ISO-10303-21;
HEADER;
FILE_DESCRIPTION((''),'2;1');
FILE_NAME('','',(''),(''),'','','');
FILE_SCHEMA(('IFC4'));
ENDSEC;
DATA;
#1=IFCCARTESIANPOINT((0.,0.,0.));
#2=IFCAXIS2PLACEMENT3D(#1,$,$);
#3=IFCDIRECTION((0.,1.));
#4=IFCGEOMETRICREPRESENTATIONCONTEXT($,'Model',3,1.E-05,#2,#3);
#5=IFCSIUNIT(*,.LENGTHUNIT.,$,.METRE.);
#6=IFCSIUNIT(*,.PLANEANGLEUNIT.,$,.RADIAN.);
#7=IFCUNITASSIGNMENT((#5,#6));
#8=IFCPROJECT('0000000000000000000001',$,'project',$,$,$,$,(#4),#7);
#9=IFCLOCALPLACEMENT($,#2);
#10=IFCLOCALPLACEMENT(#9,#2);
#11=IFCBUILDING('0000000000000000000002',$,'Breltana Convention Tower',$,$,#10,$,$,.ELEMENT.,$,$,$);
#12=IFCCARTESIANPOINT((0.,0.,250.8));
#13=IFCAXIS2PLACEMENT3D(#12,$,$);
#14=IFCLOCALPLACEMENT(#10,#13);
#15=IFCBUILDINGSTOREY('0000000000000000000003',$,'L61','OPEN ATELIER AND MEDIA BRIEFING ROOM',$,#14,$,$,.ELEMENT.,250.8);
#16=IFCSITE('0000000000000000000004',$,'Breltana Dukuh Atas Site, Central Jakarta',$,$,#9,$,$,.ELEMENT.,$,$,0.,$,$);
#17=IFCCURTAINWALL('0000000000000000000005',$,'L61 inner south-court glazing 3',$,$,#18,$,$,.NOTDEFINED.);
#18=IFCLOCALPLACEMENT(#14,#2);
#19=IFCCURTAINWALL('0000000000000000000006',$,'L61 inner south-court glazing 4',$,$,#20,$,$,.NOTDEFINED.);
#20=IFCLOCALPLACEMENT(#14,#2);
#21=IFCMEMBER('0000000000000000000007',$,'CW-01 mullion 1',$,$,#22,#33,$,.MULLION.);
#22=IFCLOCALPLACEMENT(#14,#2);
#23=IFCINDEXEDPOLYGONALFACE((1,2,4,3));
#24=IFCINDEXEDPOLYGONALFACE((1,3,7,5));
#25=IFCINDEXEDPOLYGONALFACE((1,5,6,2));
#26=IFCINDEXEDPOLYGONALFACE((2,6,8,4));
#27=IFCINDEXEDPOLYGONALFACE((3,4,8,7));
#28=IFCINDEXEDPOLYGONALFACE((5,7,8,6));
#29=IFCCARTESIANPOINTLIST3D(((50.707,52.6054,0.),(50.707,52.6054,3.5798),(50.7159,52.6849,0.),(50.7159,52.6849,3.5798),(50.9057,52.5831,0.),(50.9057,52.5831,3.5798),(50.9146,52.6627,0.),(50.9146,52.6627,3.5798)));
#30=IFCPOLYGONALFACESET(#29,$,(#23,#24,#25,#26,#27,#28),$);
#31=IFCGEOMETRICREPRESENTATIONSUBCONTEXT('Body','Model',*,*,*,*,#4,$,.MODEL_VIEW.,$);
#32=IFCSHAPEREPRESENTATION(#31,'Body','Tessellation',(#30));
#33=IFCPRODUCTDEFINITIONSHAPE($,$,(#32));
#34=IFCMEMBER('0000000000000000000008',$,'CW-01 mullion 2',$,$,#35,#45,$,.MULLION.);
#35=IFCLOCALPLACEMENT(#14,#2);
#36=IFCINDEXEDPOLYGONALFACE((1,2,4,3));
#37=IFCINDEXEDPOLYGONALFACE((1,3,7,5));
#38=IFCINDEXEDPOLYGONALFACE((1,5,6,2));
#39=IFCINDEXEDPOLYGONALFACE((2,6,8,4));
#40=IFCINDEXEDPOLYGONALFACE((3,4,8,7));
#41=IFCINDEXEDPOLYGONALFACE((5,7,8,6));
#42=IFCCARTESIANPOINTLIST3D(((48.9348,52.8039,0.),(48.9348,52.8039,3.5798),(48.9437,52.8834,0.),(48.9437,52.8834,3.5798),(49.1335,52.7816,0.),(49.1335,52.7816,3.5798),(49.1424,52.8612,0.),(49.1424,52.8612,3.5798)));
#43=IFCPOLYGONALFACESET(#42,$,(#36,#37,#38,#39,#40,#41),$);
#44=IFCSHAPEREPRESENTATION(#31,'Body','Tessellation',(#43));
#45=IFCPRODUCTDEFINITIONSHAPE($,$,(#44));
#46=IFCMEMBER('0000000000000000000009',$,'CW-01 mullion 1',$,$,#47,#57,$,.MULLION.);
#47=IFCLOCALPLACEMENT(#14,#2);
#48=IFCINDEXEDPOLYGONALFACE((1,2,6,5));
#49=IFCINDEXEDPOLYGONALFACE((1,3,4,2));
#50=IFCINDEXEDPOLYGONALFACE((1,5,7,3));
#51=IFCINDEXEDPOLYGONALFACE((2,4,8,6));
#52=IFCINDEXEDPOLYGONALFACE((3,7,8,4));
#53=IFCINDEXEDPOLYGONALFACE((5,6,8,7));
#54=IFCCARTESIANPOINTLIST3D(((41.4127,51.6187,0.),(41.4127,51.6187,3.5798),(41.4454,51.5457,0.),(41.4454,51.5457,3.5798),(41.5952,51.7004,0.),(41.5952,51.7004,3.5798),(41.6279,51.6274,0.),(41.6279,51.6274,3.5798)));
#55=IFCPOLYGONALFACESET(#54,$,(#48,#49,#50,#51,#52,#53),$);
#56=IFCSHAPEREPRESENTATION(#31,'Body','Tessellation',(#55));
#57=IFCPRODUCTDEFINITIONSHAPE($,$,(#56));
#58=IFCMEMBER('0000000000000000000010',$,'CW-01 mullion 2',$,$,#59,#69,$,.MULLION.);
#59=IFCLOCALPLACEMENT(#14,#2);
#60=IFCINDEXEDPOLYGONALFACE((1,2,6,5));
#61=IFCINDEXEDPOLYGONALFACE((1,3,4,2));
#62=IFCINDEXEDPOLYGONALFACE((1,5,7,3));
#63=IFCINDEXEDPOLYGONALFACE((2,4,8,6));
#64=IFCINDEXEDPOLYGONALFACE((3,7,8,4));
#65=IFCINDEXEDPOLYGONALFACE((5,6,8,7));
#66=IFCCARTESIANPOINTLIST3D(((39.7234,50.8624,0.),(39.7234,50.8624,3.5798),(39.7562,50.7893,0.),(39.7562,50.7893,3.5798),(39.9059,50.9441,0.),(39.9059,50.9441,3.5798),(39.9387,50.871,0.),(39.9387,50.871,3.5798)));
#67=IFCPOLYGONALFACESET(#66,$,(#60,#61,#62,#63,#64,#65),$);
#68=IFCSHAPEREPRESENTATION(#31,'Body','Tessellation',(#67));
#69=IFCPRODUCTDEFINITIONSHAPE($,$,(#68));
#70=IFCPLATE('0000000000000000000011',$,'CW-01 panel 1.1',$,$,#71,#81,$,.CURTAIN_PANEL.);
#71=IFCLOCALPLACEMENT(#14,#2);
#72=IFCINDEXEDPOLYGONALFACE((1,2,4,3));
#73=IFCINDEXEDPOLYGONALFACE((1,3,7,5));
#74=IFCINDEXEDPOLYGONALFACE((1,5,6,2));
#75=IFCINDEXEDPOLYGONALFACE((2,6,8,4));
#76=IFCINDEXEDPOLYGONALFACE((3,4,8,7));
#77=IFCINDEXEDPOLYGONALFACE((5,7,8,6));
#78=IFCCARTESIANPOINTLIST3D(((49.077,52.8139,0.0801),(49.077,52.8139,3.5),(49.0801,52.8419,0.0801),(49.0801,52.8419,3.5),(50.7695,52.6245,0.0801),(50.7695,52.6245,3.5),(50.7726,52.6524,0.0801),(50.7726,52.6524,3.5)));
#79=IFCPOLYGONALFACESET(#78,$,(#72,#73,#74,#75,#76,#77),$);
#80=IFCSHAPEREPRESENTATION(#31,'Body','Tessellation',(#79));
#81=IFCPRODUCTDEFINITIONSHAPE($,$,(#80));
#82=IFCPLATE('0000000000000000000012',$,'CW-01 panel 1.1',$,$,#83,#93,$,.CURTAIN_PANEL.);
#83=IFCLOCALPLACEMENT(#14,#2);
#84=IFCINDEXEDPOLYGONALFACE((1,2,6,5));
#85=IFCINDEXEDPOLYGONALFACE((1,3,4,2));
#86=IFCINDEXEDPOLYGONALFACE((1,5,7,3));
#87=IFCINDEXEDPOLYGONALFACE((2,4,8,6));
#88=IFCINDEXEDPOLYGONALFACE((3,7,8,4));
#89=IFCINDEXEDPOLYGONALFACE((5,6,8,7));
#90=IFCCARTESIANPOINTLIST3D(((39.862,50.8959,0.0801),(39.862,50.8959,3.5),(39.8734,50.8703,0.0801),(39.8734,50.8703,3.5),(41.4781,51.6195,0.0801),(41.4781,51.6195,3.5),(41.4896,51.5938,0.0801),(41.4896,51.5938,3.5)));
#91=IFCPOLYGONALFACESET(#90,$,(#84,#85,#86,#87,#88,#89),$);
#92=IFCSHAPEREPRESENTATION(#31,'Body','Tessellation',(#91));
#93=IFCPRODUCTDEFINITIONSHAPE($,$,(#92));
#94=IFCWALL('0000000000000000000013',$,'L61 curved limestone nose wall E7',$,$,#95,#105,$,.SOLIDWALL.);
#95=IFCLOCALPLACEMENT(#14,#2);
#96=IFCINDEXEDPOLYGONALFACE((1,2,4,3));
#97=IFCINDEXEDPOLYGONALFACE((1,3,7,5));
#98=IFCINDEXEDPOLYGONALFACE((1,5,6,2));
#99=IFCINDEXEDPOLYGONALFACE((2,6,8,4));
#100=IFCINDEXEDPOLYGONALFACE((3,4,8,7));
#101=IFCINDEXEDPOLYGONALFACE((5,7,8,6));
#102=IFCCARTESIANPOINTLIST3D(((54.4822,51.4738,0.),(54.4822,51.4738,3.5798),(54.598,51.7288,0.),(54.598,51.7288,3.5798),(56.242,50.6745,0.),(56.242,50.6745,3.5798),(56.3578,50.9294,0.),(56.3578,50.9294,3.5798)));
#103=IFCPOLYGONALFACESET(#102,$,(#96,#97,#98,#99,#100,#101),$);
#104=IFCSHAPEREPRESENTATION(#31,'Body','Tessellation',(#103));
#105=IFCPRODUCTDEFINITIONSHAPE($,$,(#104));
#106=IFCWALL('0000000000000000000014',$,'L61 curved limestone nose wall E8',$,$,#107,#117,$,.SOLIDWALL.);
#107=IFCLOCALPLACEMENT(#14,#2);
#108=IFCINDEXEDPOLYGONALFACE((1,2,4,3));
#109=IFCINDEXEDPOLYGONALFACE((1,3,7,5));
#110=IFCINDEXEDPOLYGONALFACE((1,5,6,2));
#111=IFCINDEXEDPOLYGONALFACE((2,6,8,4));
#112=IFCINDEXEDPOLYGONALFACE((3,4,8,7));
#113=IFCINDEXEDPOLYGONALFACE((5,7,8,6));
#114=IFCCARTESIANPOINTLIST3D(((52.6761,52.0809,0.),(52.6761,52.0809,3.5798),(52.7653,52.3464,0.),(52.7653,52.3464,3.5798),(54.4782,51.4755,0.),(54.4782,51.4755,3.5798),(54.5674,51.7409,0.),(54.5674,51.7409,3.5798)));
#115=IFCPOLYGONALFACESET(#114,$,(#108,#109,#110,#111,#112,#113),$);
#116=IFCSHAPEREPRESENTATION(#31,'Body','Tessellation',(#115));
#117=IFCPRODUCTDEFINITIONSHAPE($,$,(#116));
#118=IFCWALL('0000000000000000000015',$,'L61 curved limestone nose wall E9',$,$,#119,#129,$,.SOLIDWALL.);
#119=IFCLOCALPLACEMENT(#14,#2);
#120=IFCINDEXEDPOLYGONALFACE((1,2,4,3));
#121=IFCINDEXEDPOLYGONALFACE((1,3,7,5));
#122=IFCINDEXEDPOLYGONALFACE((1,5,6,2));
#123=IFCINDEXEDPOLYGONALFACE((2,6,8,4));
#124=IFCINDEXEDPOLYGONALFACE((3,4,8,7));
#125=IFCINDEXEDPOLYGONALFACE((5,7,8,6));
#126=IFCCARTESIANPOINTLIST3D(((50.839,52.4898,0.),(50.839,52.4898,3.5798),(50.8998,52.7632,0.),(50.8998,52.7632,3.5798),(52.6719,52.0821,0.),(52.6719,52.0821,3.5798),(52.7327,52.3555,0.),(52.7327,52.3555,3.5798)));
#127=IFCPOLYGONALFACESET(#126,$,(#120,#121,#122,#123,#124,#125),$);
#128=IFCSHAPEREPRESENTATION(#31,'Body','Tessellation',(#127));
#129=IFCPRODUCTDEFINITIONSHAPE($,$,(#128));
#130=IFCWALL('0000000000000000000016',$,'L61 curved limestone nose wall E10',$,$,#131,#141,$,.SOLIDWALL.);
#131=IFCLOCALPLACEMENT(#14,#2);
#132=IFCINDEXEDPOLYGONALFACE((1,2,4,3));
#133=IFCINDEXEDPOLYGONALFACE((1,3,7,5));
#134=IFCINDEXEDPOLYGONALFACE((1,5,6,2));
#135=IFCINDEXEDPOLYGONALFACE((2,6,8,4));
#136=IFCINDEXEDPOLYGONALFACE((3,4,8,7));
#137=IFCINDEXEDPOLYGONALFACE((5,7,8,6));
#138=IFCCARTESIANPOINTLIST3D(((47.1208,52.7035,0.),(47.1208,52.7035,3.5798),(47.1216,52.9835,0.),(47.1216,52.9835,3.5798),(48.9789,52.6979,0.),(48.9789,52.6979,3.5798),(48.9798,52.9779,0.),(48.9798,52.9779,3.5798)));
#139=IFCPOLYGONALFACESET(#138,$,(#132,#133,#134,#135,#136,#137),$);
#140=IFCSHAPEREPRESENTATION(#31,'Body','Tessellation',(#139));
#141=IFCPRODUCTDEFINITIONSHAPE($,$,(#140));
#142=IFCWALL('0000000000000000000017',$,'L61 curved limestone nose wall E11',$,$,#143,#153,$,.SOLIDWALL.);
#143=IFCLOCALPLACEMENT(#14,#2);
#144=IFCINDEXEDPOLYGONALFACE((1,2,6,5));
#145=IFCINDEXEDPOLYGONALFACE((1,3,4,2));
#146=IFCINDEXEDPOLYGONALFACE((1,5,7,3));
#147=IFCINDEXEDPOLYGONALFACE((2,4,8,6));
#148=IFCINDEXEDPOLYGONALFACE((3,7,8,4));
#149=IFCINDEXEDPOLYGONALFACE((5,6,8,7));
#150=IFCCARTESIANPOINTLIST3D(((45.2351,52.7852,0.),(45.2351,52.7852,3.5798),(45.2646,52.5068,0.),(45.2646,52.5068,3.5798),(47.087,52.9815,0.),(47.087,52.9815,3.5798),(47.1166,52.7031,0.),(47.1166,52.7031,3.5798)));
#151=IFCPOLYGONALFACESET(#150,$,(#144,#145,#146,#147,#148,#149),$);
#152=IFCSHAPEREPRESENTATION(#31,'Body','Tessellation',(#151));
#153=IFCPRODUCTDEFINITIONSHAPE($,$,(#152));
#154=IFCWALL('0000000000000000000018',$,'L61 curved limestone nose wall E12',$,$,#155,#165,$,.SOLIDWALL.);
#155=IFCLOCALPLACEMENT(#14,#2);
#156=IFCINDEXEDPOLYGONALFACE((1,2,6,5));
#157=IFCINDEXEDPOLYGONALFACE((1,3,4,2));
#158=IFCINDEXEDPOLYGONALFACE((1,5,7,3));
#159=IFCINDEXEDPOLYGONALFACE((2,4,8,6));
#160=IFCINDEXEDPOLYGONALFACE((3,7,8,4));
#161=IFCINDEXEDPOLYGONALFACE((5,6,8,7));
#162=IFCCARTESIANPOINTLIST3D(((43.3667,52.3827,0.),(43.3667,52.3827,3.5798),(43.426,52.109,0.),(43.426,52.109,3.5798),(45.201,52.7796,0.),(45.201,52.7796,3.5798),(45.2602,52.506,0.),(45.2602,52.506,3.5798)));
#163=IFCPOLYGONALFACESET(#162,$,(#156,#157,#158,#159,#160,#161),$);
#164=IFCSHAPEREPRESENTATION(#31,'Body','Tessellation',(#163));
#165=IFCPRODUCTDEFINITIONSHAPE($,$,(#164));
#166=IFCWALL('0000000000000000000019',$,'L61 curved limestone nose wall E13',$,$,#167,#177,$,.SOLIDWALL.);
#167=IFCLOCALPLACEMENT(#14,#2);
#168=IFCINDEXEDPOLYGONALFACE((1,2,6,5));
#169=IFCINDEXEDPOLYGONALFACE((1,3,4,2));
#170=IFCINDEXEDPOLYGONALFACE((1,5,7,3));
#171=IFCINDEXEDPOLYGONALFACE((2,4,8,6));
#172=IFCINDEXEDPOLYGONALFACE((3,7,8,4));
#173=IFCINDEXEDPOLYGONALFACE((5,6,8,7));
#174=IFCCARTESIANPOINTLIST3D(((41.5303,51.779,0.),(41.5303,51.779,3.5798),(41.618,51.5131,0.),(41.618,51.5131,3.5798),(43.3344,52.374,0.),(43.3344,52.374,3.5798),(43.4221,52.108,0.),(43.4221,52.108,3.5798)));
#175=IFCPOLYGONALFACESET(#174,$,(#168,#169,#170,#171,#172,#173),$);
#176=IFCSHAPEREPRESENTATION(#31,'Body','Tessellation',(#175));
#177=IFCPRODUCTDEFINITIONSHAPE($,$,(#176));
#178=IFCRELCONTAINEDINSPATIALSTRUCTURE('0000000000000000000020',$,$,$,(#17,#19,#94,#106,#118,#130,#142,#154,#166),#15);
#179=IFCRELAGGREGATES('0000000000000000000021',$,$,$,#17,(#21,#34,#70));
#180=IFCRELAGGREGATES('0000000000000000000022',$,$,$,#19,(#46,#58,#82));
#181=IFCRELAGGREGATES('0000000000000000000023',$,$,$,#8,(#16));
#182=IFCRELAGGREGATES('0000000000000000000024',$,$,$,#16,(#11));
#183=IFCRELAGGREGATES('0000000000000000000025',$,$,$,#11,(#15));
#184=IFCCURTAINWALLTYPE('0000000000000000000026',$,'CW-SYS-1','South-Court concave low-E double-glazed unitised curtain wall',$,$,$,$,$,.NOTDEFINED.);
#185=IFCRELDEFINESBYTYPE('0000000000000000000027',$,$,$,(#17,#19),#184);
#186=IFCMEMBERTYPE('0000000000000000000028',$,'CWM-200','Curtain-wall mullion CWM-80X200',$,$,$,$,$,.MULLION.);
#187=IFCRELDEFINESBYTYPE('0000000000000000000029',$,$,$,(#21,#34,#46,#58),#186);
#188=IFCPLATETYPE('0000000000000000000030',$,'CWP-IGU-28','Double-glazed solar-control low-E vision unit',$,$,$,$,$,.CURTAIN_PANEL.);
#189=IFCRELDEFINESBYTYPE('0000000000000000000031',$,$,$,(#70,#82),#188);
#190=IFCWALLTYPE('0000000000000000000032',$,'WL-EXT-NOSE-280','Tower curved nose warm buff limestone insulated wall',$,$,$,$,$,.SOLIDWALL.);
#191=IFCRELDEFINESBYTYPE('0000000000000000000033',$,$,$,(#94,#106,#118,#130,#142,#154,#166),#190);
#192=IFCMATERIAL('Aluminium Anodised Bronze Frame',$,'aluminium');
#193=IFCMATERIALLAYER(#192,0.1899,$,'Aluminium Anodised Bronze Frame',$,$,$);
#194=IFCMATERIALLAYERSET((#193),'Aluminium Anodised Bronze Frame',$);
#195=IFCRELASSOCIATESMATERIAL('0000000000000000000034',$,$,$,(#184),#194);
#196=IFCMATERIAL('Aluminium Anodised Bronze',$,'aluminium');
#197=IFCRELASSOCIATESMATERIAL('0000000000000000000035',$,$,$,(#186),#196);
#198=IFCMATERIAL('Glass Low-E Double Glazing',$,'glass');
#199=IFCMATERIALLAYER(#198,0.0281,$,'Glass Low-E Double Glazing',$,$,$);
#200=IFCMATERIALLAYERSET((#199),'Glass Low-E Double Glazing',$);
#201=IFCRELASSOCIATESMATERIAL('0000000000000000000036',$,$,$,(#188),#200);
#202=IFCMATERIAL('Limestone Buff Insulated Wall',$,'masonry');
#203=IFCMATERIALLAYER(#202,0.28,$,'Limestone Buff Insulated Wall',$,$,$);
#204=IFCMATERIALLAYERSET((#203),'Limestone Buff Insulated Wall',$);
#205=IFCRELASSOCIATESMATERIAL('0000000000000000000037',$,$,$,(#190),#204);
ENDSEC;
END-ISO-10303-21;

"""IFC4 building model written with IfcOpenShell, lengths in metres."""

from ifc_helpers import new_model, si_unit, direction, frame, frame_2d, origin, origin_2d, place, context, subcontext, project, spatial, rectangle, extrude, source, transform, mapped, material, layer, layer_set, material_profile, profile_set, type_object, element, aggregate, save


model = new_model("IFC4")

# Units and contexts
model_context = context("Model", 3, precision=1e-05, world=origin(), true_north=direction((0.0, 1.0)))
body_context = subcontext(model_context, "Body", "Model", "MODEL_VIEW")
ifc_project = project(units=[si_unit("LENGTHUNIT", "METRE"), si_unit("PLANEANGLEUNIT", "RADIAN")], contexts=[model_context])

# Site, building, storey
site_placement = place(None, origin())
site = spatial("IfcSite", under=ifc_project, at=site_placement, Name="Breltana Dukuh Atas Site, Central Jakarta", CompositionType="ELEMENT", RefElevation=0.0)
building_placement = place(site_placement, origin())
building = spatial("IfcBuilding", under=site, at=building_placement, Name="Breltana Convention Tower", CompositionType="ELEMENT")
storey_placement = place(building_placement, frame((0.0, 0.0, 250.8)))
storey = spatial("IfcBuildingStorey", under=building, at=storey_placement, Name="L61", Description="OPEN ATELIER AND MEDIA BRIEFING ROOM", CompositionType="ELEMENT", Elevation=250.8)

# Curtain walls
ifc_material_1 = material(Name="Aluminium Anodised Bronze Frame", Category="aluminium")
ifc_layer_1 = layer(ifc_material_1, 0.1899, Name="Aluminium Anodised Bronze Frame")
ifc_layer_set_1 = layer_set([ifc_layer_1], Name="Aluminium Anodised Bronze Frame")
curtain_wall_type = type_object("IfcCurtainWallType", Name="CW-SYS-1", Description="South-Court concave low-E double-glazed unitised curtain wall", PredefinedType="NOTDEFINED", material=ifc_layer_set_1)
curtain_wall_1_placement = place(storey_placement, origin())
curtain_wall_1 = element("IfcCurtainWall", 1, at=curtain_wall_1_placement, inside=storey, type_object=curtain_wall_type, Name="L61 inner south-court glazing 3", PredefinedType="NOTDEFINED")
ifc_material_2 = material(Name="Aluminium Anodised Bronze", Category="aluminium")
curtain_wall_2_placement = place(storey_placement, origin())
curtain_wall_2 = element("IfcCurtainWall", 2, at=curtain_wall_2_placement, inside=storey, type_object=curtain_wall_type, Name="L61 inner south-court glazing 4", PredefinedType="NOTDEFINED")

# Members
ifc_material_profile_1 = material_profile(ifc_material_2, rectangle(XDim=0.0801, YDim=0.2, at=origin_2d()), Name="CWM-80X200")
ifc_profile_set_1 = profile_set([ifc_material_profile_1], Name="Aluminium Anodised Bronze")
member_type_1 = type_object("IfcMemberType", Name="CWM-200", Description="Curtain-wall mullion CWM-80X200", PredefinedType="MULLION", material=ifc_profile_set_1)
shared_shape_1 = source(origin(), body_context, "Body", "SweptSolid", [
    extrude(rectangle(XDim=0.0801, YDim=0.2, at=origin_2d()), origin(), (0.0, 0.0, 1.0), 3.5798),
])
member_1_placement = place(storey_placement, frame((50.8108, 52.634, 0.0), z_axis=(0.0, 0.0, 1.0), x_axis=(-0.111262, -0.993791, 0.0)))
member_1 = element("IfcMember", 3, at=member_1_placement, type_object=member_type_1, Name="CW-01 mullion 1", PredefinedType="MULLION", context=body_context, shape_type="MappedRepresentation", body=[
    mapped(shared_shape_1, transform((0.0, 0.0, 0.0), scale=1.0)),
])
member_2_placement = place(storey_placement, frame((49.0386, 52.8325, 0.0), z_axis=(0.0, 0.0, 1.0), x_axis=(-0.111262, -0.993791, 0.0)))
member_2 = element("IfcMember", 4, at=member_2_placement, type_object=member_type_1, Name="CW-01 mullion 2", PredefinedType="MULLION", context=body_context, shape_type="MappedRepresentation", body=[
    mapped(shared_shape_1, transform((0.0, 0.0, 0.0), scale=1.0)),
])
member_3_placement = place(storey_placement, frame((41.5203, 51.623, 0.0), z_axis=(0.0, 0.0, 1.0), x_axis=(0.408602, -0.912713, 0.0)))
member_3 = element("IfcMember", 5, at=member_3_placement, type_object=member_type_1, Name="CW-01 mullion 1", PredefinedType="MULLION", context=body_context, shape_type="MappedRepresentation", body=[
    mapped(shared_shape_1, transform((0.0, 0.0, 0.0), scale=1.0)),
])
member_4_placement = place(storey_placement, frame((39.8311, 50.8667, 0.0), z_axis=(0.0, 0.0, 1.0), x_axis=(0.408602, -0.912713, 0.0)))
member_4 = element("IfcMember", 6, at=member_4_placement, type_object=member_type_1, Name="CW-01 mullion 2", PredefinedType="MULLION", context=body_context, shape_type="MappedRepresentation", body=[
    mapped(shared_shape_1, transform((0.0, 0.0, 0.0), scale=1.0)),
])

# Plates
ifc_material_3 = material(Name="Glass Low-E Double Glazing", Category="glass")
ifc_layer_2 = layer(ifc_material_3, 0.0281, Name="Glass Low-E Double Glazing")
ifc_layer_set_2 = layer_set([ifc_layer_2], Name="Glass Low-E Double Glazing")
plate_type = type_object("IfcPlateType", Name="CWP-IGU-28", Description="Double-glazed solar-control low-E vision unit", PredefinedType="CURTAIN_PANEL", material=ifc_layer_set_2)
shared_shape_2 = source(origin(), body_context, "Body", "SweptSolid", [
    extrude(rectangle(XDim=1.7031, YDim=0.0281, at=origin_2d()), origin(), (0.0, 0.0, 1.0), 3.4199),
])
plate_1_placement = place(storey_placement, frame((49.9248, 52.7332, 0.0801), z_axis=(0.0, 0.0, 1.0), x_axis=(-0.993791, 0.111262, 0.0)))
plate_1 = element("IfcPlate", 7, at=plate_1_placement, type_object=plate_type, Name="CW-01 panel 1.1", PredefinedType="CURTAIN_PANEL", context=body_context, shape_type="MappedRepresentation", body=[
    mapped(shared_shape_2, transform((0.0, 0.0, 0.0), scale=1.0)),
])
aggregate(curtain_wall_1, [member_1, member_2, plate_1])
shared_shape_3 = source(origin(), body_context, "Body", "SweptSolid", [
    extrude(rectangle(XDim=1.7708, YDim=0.0281, at=origin_2d()), origin(), (0.0, 0.0, 1.0), 3.4199),
])
plate_2_placement = place(storey_placement, frame((40.6758, 51.2449, 0.0801), z_axis=(0.0, 0.0, 1.0), x_axis=(-0.912713, -0.408602, 0.0)))
plate_2 = element("IfcPlate", 8, at=plate_2_placement, type_object=plate_type, Name="CW-01 panel 1.1", PredefinedType="CURTAIN_PANEL", context=body_context, shape_type="MappedRepresentation", body=[
    mapped(shared_shape_3, transform((0.0, 0.0, 0.0), scale=1.0)),
])
aggregate(curtain_wall_2, [member_3, member_4, plate_2])

# Walls
ifc_material_4 = material(Name="Limestone Buff Insulated Wall", Category="masonry")
ifc_layer_3 = layer(ifc_material_4, 0.28, Name="Limestone Buff Insulated Wall")
ifc_layer_set_3 = layer_set([ifc_layer_3], Name="Limestone Buff Insulated Wall")
wall_type_1 = type_object("IfcWallType", Name="WL-EXT-NOSE-280", Description="Tower curved nose warm buff limestone insulated wall", PredefinedType="SOLIDWALL", material=ifc_layer_set_3)
shared_shape_4 = source(origin(), body_context, "Body", "SweptSolid", [
    extrude(rectangle(XDim=1.9329, YDim=0.28, at=frame_2d((0.9663, 0.0))), origin(), (0.0, 0.0, 1.0), 3.5798),
])
wall_1_placement = place(storey_placement, frame((56.2998, 50.802, 0.0), z_axis=(0.0, 0.0, 1.0), x_axis=(-0.910479, 0.413555, 0.0)))
element("IfcWall", 9, at=wall_1_placement, inside=storey, type_object=wall_type_1, Name="L61 curved limestone nose wall E7", PredefinedType="SOLIDWALL", context=body_context, shape_type="MappedRepresentation", body=[
    mapped(shared_shape_4, transform((0.0, 0.0, 0.0), scale=1.0)),
])
shared_shape_5 = source(origin(), body_context, "Body", "SweptSolid", [
    extrude(rectangle(XDim=1.9011, YDim=0.28, at=frame_2d((0.9507, 0.0))), origin(), (0.0, 0.0, 1.0), 3.5798),
])
wall_2_placement = place(storey_placement, frame((54.5229, 51.6082, 0.0), z_axis=(0.0, 0.0, 1.0), x_axis=(-0.947936, 0.318461, 0.0)))
element("IfcWall", 10, at=wall_2_placement, inside=storey, type_object=wall_type_1, Name="L61 curved limestone nose wall E8", PredefinedType="SOLIDWALL", context=body_context, shape_type="MappedRepresentation", body=[
    mapped(shared_shape_5, transform((0.0, 0.0, 0.0), scale=1.0)),
])
shared_shape_6 = source(origin(), body_context, "Body", "SweptSolid", [
    extrude(rectangle(XDim=1.8777, YDim=0.28, at=frame_2d((0.939, 0.0))), origin(), (0.0, 0.0, 1.0), 3.5798),
])
wall_3_placement = place(storey_placement, frame((52.7024, 52.2188, 0.0), z_axis=(0.0, 0.0, 1.0), x_axis=(-0.976138, 0.217151, 0.0)))
element("IfcWall", 11, at=wall_3_placement, inside=storey, type_object=wall_type_1, Name="L61 curved limestone nose wall E9", PredefinedType="SOLIDWALL", context=body_context, shape_type="MappedRepresentation", body=[
    mapped(shared_shape_6, transform((0.0, 0.0, 0.0), scale=1.0)),
])
shared_shape_7 = source(origin(), body_context, "Body", "SweptSolid", [
    extrude(rectangle(XDim=1.8582, YDim=0.28, at=frame_2d((0.9292, 0.0))), origin(), (0.0, 0.0, 1.0), 3.5798),
])
wall_4_placement = place(storey_placement, frame((48.9795, 52.8379, 0.0), z_axis=(0.0, 0.0, 1.0), x_axis=(-0.999995, 0.003022, 0.0)))
element("IfcWall", 12, at=wall_4_placement, inside=storey, type_object=wall_type_1, Name="L61 curved limestone nose wall E10", PredefinedType="SOLIDWALL", context=body_context, shape_type="MappedRepresentation", body=[
    mapped(shared_shape_7, transform((0.0, 0.0, 0.0), scale=1.0)),
])
shared_shape_8 = source(origin(), body_context, "Body", "SweptSolid", [
    extrude(rectangle(XDim=1.8623, YDim=0.28, at=frame_2d((0.9312, 0.0))), origin(), (0.0, 0.0, 1.0), 3.5798),
])
wall_5_placement = place(storey_placement, frame((47.1018, 52.8423, 0.0), z_axis=(0.0, 0.0, 1.0), x_axis=(-0.99443, -0.105394, 0.0)))
element("IfcWall", 13, at=wall_5_placement, inside=storey, type_object=wall_type_1, Name="L61 curved limestone nose wall E11", PredefinedType="SOLIDWALL", context=body_context, shape_type="MappedRepresentation", body=[
    mapped(shared_shape_8, transform((0.0, 0.0, 0.0), scale=1.0)),
])
shared_shape_9 = source(origin(), body_context, "Body", "SweptSolid", [
    extrude(rectangle(XDim=1.8767, YDim=0.28, at=frame_2d((0.9385, 0.0))), origin(), (0.0, 0.0, 1.0), 3.5798),
])
wall_6_placement = place(storey_placement, frame((45.2307, 52.6428, 0.0), z_axis=(0.0, 0.0, 1.0), x_axis=(-0.977372, -0.211528, 0.0)))
element("IfcWall", 14, at=wall_6_placement, inside=storey, type_object=wall_type_1, Name="L61 curved limestone nose wall E12", PredefinedType="SOLIDWALL", context=body_context, shape_type="MappedRepresentation", body=[
    mapped(shared_shape_9, transform((0.0, 0.0, 0.0), scale=1.0)),
])
shared_shape_10 = source(origin(), body_context, "Body", "SweptSolid", [
    extrude(rectangle(XDim=1.8997, YDim=0.28, at=frame_2d((0.9497, 0.0))), origin(), (0.0, 0.0, 1.0), 3.5798),
])
wall_7_placement = place(storey_placement, frame((43.3782, 52.241, 0.0), z_axis=(0.0, 0.0, 1.0), x_axis=(-0.949694, -0.31318, 0.0)))
element("IfcWall", 15, at=wall_7_placement, inside=storey, type_object=wall_type_1, Name="L61 curved limestone nose wall E13", PredefinedType="SOLIDWALL", context=body_context, shape_type="MappedRepresentation", body=[
    mapped(shared_shape_10, transform((0.0, 0.0, 0.0), scale=1.0)),
])

save(model, "model.ifc")
